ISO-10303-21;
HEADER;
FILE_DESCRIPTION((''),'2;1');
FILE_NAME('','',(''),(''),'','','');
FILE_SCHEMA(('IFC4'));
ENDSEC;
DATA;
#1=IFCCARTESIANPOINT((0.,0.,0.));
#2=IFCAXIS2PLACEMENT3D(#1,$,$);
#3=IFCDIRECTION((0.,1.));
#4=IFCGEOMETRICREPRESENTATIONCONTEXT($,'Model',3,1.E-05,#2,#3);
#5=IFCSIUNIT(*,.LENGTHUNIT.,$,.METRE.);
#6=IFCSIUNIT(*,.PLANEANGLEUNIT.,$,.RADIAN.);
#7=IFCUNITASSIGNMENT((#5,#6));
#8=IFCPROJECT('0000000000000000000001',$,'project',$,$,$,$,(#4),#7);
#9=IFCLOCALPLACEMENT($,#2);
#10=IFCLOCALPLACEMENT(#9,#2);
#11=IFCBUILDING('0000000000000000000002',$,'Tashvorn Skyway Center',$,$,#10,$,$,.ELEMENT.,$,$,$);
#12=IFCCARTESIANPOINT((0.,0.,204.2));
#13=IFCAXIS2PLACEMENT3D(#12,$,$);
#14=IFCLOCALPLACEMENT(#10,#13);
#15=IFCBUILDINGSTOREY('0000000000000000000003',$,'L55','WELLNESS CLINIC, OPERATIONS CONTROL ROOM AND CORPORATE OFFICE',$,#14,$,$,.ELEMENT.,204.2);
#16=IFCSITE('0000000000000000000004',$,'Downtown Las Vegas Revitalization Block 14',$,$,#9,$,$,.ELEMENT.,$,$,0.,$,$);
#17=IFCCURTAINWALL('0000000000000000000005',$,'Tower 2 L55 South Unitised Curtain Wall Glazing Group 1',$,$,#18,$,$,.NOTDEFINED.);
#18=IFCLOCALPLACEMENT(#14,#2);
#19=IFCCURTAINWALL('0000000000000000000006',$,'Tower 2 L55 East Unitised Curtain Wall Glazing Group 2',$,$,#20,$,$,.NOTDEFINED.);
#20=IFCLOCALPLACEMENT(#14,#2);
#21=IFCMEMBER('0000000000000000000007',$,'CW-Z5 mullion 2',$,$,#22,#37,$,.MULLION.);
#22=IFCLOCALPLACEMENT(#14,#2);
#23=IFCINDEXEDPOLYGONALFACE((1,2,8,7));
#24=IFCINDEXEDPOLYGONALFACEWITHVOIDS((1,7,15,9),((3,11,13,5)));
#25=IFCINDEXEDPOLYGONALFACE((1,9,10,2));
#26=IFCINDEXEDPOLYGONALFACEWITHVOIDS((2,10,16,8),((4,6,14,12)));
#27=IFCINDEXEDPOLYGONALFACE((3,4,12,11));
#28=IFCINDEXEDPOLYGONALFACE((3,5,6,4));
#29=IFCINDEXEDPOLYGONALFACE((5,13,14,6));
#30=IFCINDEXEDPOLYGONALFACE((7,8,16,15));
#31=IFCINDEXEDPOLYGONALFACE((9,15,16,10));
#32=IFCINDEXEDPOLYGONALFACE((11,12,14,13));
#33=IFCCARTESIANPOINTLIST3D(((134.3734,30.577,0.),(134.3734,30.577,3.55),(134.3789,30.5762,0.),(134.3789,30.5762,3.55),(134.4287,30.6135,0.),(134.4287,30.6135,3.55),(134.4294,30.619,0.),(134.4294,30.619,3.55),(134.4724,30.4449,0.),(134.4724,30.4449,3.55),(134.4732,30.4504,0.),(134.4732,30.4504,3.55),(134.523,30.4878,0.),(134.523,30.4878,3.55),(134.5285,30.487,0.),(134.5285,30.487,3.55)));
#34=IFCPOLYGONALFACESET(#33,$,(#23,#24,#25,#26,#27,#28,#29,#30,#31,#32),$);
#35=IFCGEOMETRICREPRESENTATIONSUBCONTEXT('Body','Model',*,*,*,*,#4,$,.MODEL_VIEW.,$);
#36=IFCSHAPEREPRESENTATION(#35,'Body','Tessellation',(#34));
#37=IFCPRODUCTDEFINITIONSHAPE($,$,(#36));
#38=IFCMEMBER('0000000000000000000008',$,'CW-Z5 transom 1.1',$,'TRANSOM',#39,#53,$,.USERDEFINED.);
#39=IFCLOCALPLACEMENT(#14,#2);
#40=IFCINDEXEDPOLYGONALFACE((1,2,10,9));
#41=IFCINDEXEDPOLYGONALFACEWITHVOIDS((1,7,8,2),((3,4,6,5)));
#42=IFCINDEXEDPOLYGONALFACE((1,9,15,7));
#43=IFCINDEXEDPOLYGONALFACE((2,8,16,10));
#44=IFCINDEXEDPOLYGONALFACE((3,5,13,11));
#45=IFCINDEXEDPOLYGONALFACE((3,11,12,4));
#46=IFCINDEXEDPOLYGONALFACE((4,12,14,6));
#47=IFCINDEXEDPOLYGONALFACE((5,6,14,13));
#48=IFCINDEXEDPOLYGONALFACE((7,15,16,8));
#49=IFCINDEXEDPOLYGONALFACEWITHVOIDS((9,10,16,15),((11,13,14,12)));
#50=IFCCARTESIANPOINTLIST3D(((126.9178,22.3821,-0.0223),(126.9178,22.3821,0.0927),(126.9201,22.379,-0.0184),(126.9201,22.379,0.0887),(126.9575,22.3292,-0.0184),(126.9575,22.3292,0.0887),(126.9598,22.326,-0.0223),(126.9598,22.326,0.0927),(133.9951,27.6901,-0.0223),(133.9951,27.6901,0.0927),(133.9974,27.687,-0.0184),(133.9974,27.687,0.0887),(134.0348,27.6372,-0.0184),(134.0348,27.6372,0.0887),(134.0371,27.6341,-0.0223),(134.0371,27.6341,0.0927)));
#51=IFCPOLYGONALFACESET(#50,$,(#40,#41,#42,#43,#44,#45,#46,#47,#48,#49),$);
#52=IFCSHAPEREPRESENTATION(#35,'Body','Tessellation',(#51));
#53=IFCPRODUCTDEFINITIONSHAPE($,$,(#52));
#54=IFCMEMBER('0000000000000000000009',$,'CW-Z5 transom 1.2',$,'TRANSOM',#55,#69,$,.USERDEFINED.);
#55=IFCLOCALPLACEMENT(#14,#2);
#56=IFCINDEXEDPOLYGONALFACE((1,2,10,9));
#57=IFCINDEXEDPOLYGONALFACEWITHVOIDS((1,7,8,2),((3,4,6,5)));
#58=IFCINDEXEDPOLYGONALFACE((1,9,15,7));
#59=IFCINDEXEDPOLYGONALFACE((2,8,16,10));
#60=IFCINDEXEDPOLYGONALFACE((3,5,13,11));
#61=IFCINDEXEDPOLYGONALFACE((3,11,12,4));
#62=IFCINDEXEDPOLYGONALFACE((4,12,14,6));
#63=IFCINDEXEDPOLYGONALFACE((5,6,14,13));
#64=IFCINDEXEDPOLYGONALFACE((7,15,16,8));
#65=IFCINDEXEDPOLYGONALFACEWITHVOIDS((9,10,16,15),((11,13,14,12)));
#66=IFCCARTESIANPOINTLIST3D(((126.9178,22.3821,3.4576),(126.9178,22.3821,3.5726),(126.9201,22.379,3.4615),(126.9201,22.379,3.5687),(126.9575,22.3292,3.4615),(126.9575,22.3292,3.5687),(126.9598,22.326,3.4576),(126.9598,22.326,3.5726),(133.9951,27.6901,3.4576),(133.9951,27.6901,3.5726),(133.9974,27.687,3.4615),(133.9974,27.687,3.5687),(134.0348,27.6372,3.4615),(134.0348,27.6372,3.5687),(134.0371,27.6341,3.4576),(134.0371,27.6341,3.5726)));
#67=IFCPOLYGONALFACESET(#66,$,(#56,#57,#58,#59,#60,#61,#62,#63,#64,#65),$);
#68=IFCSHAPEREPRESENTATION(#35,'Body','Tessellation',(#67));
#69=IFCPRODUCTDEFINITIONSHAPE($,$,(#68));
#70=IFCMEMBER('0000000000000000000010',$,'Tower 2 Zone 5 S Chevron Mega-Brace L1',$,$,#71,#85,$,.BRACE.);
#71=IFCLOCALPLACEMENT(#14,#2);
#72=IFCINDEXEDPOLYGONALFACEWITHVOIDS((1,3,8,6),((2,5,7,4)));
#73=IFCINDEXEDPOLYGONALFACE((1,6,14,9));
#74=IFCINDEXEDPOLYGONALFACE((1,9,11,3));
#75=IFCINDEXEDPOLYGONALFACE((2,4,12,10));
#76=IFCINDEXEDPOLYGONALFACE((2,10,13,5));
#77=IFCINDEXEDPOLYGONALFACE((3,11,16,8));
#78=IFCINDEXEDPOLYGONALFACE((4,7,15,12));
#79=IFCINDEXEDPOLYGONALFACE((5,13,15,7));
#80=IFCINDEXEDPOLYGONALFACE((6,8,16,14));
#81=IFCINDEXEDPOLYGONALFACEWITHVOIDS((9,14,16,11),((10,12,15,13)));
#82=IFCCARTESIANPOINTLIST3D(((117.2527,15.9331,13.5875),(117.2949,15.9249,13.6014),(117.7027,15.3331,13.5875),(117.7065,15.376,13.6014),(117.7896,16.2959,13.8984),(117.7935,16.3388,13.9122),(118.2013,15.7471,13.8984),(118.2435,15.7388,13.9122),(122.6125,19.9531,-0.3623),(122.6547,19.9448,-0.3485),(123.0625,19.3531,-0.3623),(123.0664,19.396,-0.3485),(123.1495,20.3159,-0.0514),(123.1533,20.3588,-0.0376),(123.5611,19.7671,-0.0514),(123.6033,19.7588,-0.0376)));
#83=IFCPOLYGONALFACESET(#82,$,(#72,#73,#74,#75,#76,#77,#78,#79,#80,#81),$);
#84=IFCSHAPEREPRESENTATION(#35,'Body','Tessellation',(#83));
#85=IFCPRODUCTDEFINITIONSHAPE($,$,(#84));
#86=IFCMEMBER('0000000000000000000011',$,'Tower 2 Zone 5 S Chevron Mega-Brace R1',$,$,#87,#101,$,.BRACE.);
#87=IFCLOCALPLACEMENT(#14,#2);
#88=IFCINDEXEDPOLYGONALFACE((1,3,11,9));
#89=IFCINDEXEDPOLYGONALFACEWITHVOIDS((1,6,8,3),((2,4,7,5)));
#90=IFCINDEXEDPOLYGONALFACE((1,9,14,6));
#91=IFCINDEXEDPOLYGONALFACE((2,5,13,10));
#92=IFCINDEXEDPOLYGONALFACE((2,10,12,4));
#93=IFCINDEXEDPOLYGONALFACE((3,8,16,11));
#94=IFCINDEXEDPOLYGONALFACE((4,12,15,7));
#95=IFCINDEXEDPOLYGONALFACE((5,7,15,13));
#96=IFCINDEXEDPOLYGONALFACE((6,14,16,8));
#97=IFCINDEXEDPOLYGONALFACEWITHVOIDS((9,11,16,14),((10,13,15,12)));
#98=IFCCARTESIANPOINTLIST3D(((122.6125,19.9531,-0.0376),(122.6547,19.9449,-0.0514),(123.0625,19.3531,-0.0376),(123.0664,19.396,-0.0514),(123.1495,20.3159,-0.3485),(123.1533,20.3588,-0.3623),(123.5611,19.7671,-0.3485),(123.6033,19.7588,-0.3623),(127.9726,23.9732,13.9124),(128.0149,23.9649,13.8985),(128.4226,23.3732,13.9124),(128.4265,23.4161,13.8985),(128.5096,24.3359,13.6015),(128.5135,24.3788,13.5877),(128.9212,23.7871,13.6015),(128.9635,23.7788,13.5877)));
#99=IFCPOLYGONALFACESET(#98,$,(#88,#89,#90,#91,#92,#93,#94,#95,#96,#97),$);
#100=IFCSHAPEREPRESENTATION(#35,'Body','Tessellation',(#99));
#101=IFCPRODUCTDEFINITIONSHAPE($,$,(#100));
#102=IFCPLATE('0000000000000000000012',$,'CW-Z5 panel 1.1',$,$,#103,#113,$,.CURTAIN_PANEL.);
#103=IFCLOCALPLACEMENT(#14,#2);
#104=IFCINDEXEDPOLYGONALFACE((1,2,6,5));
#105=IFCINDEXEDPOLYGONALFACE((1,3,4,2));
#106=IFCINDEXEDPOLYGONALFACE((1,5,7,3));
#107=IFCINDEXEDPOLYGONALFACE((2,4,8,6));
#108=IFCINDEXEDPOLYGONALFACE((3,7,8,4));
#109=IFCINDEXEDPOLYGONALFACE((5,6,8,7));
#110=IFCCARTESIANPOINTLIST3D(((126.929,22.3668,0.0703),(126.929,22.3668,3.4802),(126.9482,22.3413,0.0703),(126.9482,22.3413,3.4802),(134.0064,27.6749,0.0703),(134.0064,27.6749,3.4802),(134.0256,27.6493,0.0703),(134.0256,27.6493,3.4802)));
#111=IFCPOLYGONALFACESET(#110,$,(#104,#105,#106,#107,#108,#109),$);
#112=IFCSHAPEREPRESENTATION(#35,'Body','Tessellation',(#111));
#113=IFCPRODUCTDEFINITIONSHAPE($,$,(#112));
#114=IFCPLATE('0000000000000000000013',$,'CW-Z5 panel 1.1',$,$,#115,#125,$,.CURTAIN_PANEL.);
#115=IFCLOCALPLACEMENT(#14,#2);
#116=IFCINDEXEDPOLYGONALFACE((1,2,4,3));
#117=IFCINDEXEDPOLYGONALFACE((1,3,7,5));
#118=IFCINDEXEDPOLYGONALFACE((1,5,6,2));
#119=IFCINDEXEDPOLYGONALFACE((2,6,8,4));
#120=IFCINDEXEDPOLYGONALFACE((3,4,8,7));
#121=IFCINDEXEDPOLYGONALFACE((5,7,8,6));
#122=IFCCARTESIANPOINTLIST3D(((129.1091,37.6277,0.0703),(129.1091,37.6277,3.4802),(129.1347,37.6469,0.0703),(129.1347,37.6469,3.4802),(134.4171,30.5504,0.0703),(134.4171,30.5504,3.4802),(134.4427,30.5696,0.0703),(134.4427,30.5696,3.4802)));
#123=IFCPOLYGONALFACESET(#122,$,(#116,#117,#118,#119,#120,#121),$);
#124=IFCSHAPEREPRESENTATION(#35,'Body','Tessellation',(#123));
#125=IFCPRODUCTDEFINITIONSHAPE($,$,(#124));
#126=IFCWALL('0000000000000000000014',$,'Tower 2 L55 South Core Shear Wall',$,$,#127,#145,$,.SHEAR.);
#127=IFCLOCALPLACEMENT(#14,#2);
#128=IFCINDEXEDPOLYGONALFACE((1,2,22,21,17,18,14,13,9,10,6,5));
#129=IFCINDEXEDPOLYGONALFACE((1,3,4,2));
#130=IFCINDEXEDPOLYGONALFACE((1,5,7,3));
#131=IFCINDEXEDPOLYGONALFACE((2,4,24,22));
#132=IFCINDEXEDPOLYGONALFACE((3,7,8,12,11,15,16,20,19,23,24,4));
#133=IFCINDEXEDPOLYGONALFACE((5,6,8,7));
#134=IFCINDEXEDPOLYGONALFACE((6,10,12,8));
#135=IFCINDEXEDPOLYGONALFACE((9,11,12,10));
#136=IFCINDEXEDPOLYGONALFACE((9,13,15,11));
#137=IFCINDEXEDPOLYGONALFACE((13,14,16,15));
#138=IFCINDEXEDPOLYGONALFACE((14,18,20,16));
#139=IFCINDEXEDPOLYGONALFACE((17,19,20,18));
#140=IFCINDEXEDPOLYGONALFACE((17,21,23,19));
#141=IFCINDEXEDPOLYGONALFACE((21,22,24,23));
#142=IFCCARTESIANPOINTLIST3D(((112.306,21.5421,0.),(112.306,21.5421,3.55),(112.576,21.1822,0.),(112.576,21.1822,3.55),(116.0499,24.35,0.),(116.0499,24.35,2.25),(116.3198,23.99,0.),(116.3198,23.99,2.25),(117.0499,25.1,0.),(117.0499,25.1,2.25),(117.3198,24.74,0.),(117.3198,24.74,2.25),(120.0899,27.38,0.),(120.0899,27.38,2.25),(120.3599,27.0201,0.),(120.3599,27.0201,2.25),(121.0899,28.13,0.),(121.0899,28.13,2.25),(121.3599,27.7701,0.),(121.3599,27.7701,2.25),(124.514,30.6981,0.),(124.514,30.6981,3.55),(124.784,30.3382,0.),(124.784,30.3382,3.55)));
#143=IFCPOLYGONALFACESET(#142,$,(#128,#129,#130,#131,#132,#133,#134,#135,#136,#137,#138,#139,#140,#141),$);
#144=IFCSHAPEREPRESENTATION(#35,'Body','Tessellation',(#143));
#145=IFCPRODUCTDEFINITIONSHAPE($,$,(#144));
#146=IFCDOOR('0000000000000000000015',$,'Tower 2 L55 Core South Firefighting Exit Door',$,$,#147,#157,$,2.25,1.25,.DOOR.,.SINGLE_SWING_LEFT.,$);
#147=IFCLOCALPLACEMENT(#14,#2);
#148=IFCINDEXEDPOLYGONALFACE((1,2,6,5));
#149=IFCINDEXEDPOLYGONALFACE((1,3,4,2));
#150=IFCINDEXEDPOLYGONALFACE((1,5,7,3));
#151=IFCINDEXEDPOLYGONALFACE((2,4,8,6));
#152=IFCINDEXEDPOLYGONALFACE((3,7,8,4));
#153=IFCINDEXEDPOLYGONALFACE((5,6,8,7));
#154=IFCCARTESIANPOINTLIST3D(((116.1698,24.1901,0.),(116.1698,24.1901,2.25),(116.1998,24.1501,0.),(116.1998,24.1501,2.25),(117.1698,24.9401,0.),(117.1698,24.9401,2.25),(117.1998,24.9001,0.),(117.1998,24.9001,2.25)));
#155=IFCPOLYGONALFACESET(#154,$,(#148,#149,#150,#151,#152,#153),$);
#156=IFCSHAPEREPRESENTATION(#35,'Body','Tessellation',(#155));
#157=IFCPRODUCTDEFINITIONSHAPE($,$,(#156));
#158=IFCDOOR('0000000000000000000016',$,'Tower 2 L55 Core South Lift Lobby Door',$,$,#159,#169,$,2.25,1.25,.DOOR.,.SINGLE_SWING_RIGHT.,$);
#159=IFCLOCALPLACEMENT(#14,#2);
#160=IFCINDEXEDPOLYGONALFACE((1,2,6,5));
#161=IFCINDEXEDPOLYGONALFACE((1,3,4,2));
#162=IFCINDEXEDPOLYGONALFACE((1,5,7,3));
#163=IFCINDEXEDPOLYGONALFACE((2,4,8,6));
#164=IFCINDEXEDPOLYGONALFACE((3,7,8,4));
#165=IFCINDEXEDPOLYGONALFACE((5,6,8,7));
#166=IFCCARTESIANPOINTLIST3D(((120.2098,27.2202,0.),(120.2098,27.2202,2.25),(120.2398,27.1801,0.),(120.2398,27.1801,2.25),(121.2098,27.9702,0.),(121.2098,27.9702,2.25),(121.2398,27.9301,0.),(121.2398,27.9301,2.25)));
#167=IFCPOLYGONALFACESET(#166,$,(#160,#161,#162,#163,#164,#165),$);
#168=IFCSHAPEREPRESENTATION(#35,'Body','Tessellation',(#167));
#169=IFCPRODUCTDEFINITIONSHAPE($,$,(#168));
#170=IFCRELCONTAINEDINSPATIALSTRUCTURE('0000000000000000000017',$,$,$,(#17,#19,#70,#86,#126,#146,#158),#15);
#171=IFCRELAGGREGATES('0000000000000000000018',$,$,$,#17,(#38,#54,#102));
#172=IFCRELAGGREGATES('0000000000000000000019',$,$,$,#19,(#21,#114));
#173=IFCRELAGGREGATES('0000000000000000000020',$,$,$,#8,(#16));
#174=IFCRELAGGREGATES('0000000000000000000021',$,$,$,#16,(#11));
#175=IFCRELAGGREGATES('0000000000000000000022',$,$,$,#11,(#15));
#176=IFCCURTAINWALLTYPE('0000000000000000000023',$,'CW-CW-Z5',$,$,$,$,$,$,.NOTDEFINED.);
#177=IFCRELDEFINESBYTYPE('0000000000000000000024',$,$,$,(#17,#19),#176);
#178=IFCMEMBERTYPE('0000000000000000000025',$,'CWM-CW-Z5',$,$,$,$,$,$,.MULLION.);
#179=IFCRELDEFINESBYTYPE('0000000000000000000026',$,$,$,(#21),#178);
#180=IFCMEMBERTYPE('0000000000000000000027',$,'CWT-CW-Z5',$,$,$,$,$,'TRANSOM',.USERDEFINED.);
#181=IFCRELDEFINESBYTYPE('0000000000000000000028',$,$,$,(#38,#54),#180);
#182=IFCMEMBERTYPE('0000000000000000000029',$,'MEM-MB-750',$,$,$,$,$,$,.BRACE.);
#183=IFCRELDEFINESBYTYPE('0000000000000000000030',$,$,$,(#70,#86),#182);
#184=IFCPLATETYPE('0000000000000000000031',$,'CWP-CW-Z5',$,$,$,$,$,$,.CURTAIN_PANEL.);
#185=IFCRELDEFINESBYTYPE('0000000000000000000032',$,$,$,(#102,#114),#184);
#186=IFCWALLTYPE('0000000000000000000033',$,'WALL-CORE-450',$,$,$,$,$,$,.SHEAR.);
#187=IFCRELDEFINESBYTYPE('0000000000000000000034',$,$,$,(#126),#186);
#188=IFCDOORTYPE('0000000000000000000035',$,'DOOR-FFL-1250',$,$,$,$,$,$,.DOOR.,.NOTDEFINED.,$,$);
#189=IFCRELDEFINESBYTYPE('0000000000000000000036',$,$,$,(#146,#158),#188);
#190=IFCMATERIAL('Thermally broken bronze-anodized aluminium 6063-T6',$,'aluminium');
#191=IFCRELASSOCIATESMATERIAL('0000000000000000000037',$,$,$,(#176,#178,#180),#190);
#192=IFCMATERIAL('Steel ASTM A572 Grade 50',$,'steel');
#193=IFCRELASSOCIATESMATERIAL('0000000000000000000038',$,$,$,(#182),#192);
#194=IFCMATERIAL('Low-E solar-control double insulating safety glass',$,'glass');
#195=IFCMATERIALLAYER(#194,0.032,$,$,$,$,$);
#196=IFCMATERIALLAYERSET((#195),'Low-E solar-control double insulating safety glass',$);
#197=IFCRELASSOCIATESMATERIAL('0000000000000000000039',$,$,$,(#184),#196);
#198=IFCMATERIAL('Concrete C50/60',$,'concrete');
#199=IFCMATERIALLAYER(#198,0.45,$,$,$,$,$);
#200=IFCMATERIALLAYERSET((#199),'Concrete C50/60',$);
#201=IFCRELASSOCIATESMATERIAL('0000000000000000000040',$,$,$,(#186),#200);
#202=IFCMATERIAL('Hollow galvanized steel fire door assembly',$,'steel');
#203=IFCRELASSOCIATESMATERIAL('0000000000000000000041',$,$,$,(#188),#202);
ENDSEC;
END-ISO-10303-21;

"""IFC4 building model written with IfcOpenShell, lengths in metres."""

from ifc_helpers import new_model, si_unit, direction, frame, frame_2d, origin, origin_2d, place, context, subcontext, project, spatial, rectangle, hollow_rectangle, extrude, material, layer, layer_set, material_profile, profile_set, type_object, element, fill, aggregate, save


model = new_model("IFC4")

# Units and contexts
model_context = context("Model", 3, precision=1e-05, world=origin(), true_north=direction((0.0, 1.0)))
body_context = subcontext(model_context, "Body", "Model", "MODEL_VIEW")
ifc_project = project(units=[si_unit("LENGTHUNIT", "METRE"), si_unit("PLANEANGLEUNIT", "RADIAN")], contexts=[model_context])

# Site, building, storey
site_placement = place(None, origin())
site = spatial("IfcSite", under=ifc_project, at=site_placement, Name="Downtown Las Vegas Revitalization Block 14", CompositionType="ELEMENT", RefElevation=0.0)
building_placement = place(site_placement, origin())
building = spatial("IfcBuilding", under=site, at=building_placement, Name="Tashvorn Skyway Center", CompositionType="ELEMENT")
storey_placement = place(building_placement, frame((0.0, 0.0, 204.2)))
storey = spatial("IfcBuildingStorey", under=building, at=storey_placement, Name="L55", Description="WELLNESS CLINIC, OPERATIONS CONTROL ROOM AND CORPORATE OFFICE", CompositionType="ELEMENT", Elevation=204.2)

# Shared definitions
ifc_material_1 = material(Name="Steel ASTM A572 Grade 50", Category="steel")

# Curtain wall
ifc_material_2 = material(Name="Thermally broken bronze-anodized aluminium 6063-T6", Category="aluminium")
curtain_wall_type = type_object("IfcCurtainWallType", Name="CW-CW-Z5", PredefinedType="NOTDEFINED", material=ifc_material_2)
curtain_wall_1_placement = place(storey_placement, origin())
curtain_wall_1 = element("IfcCurtainWall", 1, at=curtain_wall_1_placement, inside=storey, type_object=curtain_wall_type, Name="Tower 2 L55 South Unitised Curtain Wall Glazing Group 1", PredefinedType="NOTDEFINED")
ifc_material_profile_1 = material_profile(ifc_material_2, hollow_rectangle(XDim=0.0701, YDim=0.165, WallThickness=0.0039, at=origin_2d()), Name="ALU-MULL-70x165")
ifc_profile_set_1 = profile_set([ifc_material_profile_1], Name="Thermally broken bronze-anodized aluminium 6063-T6")
member_type_1 = type_object("IfcMemberType", Name="CWM-CW-Z5", PredefinedType="MULLION", material=ifc_profile_set_1)

# Curtain wall, member
curtain_wall_2_placement = place(storey_placement, origin())
curtain_wall_2 = element("IfcCurtainWall", 2, at=curtain_wall_2_placement, inside=storey, type_object=curtain_wall_type, Name="Tower 2 L55 East Unitised Curtain Wall Glazing Group 2", PredefinedType="NOTDEFINED")
member_1_placement = place(storey_placement, frame((134.4509, 30.532, 0.0), z_axis=(0.0, 0.0, 1.0), x_axis=(0.799999, 0.600002, 0.0)))
member_1 = element("IfcMember", 3, at=member_1_placement, type_object=member_type_1, Name="CW-Z5 mullion 2", PredefinedType="MULLION", context=body_context, shape_type="SweptSolid", body=[
    extrude(hollow_rectangle(XDim=0.0701, YDim=0.165, WallThickness=0.0039, at=origin_2d()), origin(), (0.0, 0.0, 1.0), 3.55),
])

# Members
ifc_material_profile_2 = material_profile(ifc_material_2, hollow_rectangle(XDim=0.0701, YDim=0.115, WallThickness=0.0039, at=origin_2d()), Name="ALU-TRAN-70x115")
ifc_profile_set_2 = profile_set([ifc_material_profile_2], Name="Thermally broken bronze-anodized aluminium 6063-T6")
member_type_2 = type_object("IfcMemberType", Name="CWT-CW-Z5", ElementType="TRANSOM", PredefinedType="USERDEFINED", material=ifc_profile_set_2)
member_2_placement = place(storey_placement, frame((134.0161, 27.6621, 0.0352), z_axis=(-0.799997, -0.600004, 0.0), x_axis=(0.600004, -0.799997, 0.0)))
member_2 = element("IfcMember", 4, at=member_2_placement, type_object=member_type_2, Name="CW-Z5 transom 1.1", ObjectType="TRANSOM", PredefinedType="USERDEFINED", context=body_context, shape_type="SweptSolid", body=[
    extrude(hollow_rectangle(XDim=0.0701, YDim=0.115, WallThickness=0.0039, at=origin_2d()), origin(), (0.0, 0.0, 1.0), 8.8467),
])
member_3_placement = place(storey_placement, frame((134.0161, 27.6621, 3.5151), z_axis=(-0.799997, -0.600004, 0.0), x_axis=(0.600004, -0.799997, 0.0)))
member_3 = element("IfcMember", 5, at=member_3_placement, type_object=member_type_2, Name="CW-Z5 transom 1.2", ObjectType="TRANSOM", PredefinedType="USERDEFINED", context=body_context, shape_type="SweptSolid", body=[
    extrude(hollow_rectangle(XDim=0.0701, YDim=0.115, WallThickness=0.0039, at=origin_2d()), origin(), (0.0, 0.0, 1.0), 8.8467),
])

# Members
ifc_material_profile_3 = material_profile(ifc_material_1, hollow_rectangle(XDim=0.75, YDim=0.75, WallThickness=0.032, at=origin_2d()), Name="BOX750x750x32")
ifc_profile_set_3 = profile_set([ifc_material_profile_3], Name="Steel ASTM A572 Grade 50")
member_type_3 = type_object("IfcMemberType", Name="MEM-MB-750", PredefinedType="BRACE", material=ifc_profile_set_3)
member_4_placement = place(storey_placement, frame((123.1079, 19.856, -0.2), z_axis=(-0.346346, -0.259767, 0.901424), x_axis=(0.600012, -0.799991, 0.0)))
element("IfcMember", 6, at=member_4_placement, inside=storey, type_object=member_type_3, Name="Tower 2 Zone 5 S Chevron Mega-Brace L1", PredefinedType="BRACE", context=body_context, shape_type="SweptSolid", body=[
    extrude(hollow_rectangle(XDim=0.75, YDim=0.75, WallThickness=0.032, at=origin_2d()), origin(), (0.0, 0.0, 1.0), 15.4753),
])
member_5_placement = place(storey_placement, frame((123.1079, 19.856, -0.2), z_axis=(0.34636, 0.259766, 0.901419), x_axis=(-0.599994, 0.800004, 0.0)))
element("IfcMember", 7, at=member_5_placement, inside=storey, type_object=member_type_3, Name="Tower 2 Zone 5 S Chevron Mega-Brace R1", PredefinedType="BRACE", context=body_context, shape_type="SweptSolid", body=[
    extrude(hollow_rectangle(XDim=0.75, YDim=0.75, WallThickness=0.032, at=origin_2d()), origin(), (0.0, 0.0, 1.0), 15.4756),
])

# Plates
ifc_material_3 = material(Name="Low-E solar-control double insulating safety glass", Category="glass")
ifc_layer_1 = layer(ifc_material_3, 0.032)
ifc_layer_set_1 = layer_set([ifc_layer_1], Name="Low-E solar-control double insulating safety glass")
plate_type = type_object("IfcPlateType", Name="CWP-CW-Z5", PredefinedType="CURTAIN_PANEL", material=ifc_layer_set_1)
plate_1_placement = place(storey_placement, frame((130.4773, 25.0081, 0.0703), z_axis=(0.0, 0.0, 1.0), x_axis=(-0.799999, -0.600002, 0.0)))
plate_1 = element("IfcPlate", 8, at=plate_1_placement, type_object=plate_type, Name="CW-Z5 panel 1.1", PredefinedType="CURTAIN_PANEL", context=body_context, shape_type="SweptSolid", body=[
    extrude(rectangle(XDim=8.8467, YDim=0.032, at=origin_2d()), origin(), (0.0, 0.0, 1.0), 3.4099),
])
aggregate(curtain_wall_1, [member_2, member_3, plate_1])
plate_2_placement = place(storey_placement, frame((131.7759, 34.0986, 0.0703), z_axis=(0.0, 0.0, 1.0), x_axis=(0.600002, -0.799999, 0.0)))
plate_2 = element("IfcPlate", 9, at=plate_2_placement, type_object=plate_type, Name="CW-Z5 panel 1.1", PredefinedType="CURTAIN_PANEL", context=body_context, shape_type="SweptSolid", body=[
    extrude(rectangle(XDim=8.8467, YDim=0.032, at=origin_2d()), origin(), (0.0, 0.0, 1.0), 3.4099),
])
aggregate(curtain_wall_2, [member_1, plate_2])

# Wall, openings, doors
ifc_material_4 = material(Name="Concrete C50/60", Category="concrete")
ifc_layer_2 = layer(ifc_material_4, 0.45)
ifc_layer_set_2 = layer_set([ifc_layer_2], Name="Concrete C50/60")
wall_type_1 = type_object("IfcWallType", Name="WALL-CORE-450", PredefinedType="SHEAR", material=ifc_layer_set_2)
wall_1_placement = place(storey_placement, frame((124.6489, 30.5181, 0.0), z_axis=(0.0, 0.0, 1.0), x_axis=(-0.8, -0.6, 0.0)))
wall_1 = element("IfcWall", 10, at=wall_1_placement, inside=storey, type_object=wall_type_1, Name="Tower 2 L55 South Core Shear Wall", PredefinedType="SHEAR", context=body_context, shape_type="SweptSolid", body=[
    extrude(rectangle(XDim=15.26, YDim=0.45, at=frame_2d((7.6299, 0.0))), origin(), (0.0, 0.0, 1.0), 3.55),
])
opening_1_placement = place(wall_1_placement, frame((9.3301, 0.0, 0.0)))
opening_1 = element("IfcOpeningElement", 11, at=opening_1_placement, cuts=wall_1, PredefinedType="OPENING", context=body_context, shape_type="SweptSolid", body=[
    extrude(rectangle(XDim=1.25, YDim=2.25, at=frame_2d((0.625, 1.125))), frame((0.0, 0.2349, 0.0), z_axis=(0.0, -1.0, 0.0), x_axis=(1.0, 0.0, 0.0)), (0.0, 0.0, 1.0), 0.47),
])
opening_2_placement = place(wall_1_placement, frame((4.28, 0.0, 0.0)))
opening_2 = element("IfcOpeningElement", 12, at=opening_2_placement, cuts=wall_1, PredefinedType="OPENING", context=body_context, shape_type="SweptSolid", body=[
    extrude(rectangle(XDim=1.25, YDim=2.25, at=frame_2d((0.625, 1.125))), frame((0.0, 0.2349, 0.0), z_axis=(0.0, -1.0, 0.0), x_axis=(1.0, 0.0, 0.0)), (0.0, 0.0, 1.0), 0.47),
])
ifc_material_5 = material(Name="Hollow galvanized steel fire door assembly", Category="steel")
door_type_1 = type_object("IfcDoorType", Name="DOOR-FFL-1250", OperationType="NOTDEFINED", PredefinedType="DOOR", material=ifc_material_5)
door_1_placement = place(opening_1_placement, origin())
door_1 = element("IfcDoor", 13, at=door_1_placement, inside=storey, type_object=door_type_1, Name="Tower 2 L55 Core South Firefighting Exit Door", OperationType="SINGLE_SWING_LEFT", OverallHeight=2.25, OverallWidth=1.25, PredefinedType="DOOR", context=body_context, shape_type="SweptSolid", body=[
    extrude(rectangle(XDim=1.25, YDim=2.25, at=frame_2d((0.625, 1.125))), frame((0.0, 0.0249, 0.0), z_axis=(0.0, -1.0, 0.0), x_axis=(1.0, 0.0, 0.0)), (0.0, 0.0, 1.0), 0.05),
])
fill(opening_1, door_1)
door_2_placement = place(opening_2_placement, origin())
door_2 = element("IfcDoor", 14, at=door_2_placement, inside=storey, type_object=door_type_1, Name="Tower 2 L55 Core South Lift Lobby Door", OperationType="SINGLE_SWING_RIGHT", OverallHeight=2.25, OverallWidth=1.25, PredefinedType="DOOR", context=body_context, shape_type="SweptSolid", body=[
    extrude(rectangle(XDim=1.25, YDim=2.25, at=frame_2d((0.625, 1.125))), frame((0.0, 0.0249, 0.0), z_axis=(0.0, -1.0, 0.0), x_axis=(1.0, 0.0, 0.0)), (0.0, 0.0, 1.0), 0.05),
])
fill(opening_2, door_2)

save(model, "model.ifc")
